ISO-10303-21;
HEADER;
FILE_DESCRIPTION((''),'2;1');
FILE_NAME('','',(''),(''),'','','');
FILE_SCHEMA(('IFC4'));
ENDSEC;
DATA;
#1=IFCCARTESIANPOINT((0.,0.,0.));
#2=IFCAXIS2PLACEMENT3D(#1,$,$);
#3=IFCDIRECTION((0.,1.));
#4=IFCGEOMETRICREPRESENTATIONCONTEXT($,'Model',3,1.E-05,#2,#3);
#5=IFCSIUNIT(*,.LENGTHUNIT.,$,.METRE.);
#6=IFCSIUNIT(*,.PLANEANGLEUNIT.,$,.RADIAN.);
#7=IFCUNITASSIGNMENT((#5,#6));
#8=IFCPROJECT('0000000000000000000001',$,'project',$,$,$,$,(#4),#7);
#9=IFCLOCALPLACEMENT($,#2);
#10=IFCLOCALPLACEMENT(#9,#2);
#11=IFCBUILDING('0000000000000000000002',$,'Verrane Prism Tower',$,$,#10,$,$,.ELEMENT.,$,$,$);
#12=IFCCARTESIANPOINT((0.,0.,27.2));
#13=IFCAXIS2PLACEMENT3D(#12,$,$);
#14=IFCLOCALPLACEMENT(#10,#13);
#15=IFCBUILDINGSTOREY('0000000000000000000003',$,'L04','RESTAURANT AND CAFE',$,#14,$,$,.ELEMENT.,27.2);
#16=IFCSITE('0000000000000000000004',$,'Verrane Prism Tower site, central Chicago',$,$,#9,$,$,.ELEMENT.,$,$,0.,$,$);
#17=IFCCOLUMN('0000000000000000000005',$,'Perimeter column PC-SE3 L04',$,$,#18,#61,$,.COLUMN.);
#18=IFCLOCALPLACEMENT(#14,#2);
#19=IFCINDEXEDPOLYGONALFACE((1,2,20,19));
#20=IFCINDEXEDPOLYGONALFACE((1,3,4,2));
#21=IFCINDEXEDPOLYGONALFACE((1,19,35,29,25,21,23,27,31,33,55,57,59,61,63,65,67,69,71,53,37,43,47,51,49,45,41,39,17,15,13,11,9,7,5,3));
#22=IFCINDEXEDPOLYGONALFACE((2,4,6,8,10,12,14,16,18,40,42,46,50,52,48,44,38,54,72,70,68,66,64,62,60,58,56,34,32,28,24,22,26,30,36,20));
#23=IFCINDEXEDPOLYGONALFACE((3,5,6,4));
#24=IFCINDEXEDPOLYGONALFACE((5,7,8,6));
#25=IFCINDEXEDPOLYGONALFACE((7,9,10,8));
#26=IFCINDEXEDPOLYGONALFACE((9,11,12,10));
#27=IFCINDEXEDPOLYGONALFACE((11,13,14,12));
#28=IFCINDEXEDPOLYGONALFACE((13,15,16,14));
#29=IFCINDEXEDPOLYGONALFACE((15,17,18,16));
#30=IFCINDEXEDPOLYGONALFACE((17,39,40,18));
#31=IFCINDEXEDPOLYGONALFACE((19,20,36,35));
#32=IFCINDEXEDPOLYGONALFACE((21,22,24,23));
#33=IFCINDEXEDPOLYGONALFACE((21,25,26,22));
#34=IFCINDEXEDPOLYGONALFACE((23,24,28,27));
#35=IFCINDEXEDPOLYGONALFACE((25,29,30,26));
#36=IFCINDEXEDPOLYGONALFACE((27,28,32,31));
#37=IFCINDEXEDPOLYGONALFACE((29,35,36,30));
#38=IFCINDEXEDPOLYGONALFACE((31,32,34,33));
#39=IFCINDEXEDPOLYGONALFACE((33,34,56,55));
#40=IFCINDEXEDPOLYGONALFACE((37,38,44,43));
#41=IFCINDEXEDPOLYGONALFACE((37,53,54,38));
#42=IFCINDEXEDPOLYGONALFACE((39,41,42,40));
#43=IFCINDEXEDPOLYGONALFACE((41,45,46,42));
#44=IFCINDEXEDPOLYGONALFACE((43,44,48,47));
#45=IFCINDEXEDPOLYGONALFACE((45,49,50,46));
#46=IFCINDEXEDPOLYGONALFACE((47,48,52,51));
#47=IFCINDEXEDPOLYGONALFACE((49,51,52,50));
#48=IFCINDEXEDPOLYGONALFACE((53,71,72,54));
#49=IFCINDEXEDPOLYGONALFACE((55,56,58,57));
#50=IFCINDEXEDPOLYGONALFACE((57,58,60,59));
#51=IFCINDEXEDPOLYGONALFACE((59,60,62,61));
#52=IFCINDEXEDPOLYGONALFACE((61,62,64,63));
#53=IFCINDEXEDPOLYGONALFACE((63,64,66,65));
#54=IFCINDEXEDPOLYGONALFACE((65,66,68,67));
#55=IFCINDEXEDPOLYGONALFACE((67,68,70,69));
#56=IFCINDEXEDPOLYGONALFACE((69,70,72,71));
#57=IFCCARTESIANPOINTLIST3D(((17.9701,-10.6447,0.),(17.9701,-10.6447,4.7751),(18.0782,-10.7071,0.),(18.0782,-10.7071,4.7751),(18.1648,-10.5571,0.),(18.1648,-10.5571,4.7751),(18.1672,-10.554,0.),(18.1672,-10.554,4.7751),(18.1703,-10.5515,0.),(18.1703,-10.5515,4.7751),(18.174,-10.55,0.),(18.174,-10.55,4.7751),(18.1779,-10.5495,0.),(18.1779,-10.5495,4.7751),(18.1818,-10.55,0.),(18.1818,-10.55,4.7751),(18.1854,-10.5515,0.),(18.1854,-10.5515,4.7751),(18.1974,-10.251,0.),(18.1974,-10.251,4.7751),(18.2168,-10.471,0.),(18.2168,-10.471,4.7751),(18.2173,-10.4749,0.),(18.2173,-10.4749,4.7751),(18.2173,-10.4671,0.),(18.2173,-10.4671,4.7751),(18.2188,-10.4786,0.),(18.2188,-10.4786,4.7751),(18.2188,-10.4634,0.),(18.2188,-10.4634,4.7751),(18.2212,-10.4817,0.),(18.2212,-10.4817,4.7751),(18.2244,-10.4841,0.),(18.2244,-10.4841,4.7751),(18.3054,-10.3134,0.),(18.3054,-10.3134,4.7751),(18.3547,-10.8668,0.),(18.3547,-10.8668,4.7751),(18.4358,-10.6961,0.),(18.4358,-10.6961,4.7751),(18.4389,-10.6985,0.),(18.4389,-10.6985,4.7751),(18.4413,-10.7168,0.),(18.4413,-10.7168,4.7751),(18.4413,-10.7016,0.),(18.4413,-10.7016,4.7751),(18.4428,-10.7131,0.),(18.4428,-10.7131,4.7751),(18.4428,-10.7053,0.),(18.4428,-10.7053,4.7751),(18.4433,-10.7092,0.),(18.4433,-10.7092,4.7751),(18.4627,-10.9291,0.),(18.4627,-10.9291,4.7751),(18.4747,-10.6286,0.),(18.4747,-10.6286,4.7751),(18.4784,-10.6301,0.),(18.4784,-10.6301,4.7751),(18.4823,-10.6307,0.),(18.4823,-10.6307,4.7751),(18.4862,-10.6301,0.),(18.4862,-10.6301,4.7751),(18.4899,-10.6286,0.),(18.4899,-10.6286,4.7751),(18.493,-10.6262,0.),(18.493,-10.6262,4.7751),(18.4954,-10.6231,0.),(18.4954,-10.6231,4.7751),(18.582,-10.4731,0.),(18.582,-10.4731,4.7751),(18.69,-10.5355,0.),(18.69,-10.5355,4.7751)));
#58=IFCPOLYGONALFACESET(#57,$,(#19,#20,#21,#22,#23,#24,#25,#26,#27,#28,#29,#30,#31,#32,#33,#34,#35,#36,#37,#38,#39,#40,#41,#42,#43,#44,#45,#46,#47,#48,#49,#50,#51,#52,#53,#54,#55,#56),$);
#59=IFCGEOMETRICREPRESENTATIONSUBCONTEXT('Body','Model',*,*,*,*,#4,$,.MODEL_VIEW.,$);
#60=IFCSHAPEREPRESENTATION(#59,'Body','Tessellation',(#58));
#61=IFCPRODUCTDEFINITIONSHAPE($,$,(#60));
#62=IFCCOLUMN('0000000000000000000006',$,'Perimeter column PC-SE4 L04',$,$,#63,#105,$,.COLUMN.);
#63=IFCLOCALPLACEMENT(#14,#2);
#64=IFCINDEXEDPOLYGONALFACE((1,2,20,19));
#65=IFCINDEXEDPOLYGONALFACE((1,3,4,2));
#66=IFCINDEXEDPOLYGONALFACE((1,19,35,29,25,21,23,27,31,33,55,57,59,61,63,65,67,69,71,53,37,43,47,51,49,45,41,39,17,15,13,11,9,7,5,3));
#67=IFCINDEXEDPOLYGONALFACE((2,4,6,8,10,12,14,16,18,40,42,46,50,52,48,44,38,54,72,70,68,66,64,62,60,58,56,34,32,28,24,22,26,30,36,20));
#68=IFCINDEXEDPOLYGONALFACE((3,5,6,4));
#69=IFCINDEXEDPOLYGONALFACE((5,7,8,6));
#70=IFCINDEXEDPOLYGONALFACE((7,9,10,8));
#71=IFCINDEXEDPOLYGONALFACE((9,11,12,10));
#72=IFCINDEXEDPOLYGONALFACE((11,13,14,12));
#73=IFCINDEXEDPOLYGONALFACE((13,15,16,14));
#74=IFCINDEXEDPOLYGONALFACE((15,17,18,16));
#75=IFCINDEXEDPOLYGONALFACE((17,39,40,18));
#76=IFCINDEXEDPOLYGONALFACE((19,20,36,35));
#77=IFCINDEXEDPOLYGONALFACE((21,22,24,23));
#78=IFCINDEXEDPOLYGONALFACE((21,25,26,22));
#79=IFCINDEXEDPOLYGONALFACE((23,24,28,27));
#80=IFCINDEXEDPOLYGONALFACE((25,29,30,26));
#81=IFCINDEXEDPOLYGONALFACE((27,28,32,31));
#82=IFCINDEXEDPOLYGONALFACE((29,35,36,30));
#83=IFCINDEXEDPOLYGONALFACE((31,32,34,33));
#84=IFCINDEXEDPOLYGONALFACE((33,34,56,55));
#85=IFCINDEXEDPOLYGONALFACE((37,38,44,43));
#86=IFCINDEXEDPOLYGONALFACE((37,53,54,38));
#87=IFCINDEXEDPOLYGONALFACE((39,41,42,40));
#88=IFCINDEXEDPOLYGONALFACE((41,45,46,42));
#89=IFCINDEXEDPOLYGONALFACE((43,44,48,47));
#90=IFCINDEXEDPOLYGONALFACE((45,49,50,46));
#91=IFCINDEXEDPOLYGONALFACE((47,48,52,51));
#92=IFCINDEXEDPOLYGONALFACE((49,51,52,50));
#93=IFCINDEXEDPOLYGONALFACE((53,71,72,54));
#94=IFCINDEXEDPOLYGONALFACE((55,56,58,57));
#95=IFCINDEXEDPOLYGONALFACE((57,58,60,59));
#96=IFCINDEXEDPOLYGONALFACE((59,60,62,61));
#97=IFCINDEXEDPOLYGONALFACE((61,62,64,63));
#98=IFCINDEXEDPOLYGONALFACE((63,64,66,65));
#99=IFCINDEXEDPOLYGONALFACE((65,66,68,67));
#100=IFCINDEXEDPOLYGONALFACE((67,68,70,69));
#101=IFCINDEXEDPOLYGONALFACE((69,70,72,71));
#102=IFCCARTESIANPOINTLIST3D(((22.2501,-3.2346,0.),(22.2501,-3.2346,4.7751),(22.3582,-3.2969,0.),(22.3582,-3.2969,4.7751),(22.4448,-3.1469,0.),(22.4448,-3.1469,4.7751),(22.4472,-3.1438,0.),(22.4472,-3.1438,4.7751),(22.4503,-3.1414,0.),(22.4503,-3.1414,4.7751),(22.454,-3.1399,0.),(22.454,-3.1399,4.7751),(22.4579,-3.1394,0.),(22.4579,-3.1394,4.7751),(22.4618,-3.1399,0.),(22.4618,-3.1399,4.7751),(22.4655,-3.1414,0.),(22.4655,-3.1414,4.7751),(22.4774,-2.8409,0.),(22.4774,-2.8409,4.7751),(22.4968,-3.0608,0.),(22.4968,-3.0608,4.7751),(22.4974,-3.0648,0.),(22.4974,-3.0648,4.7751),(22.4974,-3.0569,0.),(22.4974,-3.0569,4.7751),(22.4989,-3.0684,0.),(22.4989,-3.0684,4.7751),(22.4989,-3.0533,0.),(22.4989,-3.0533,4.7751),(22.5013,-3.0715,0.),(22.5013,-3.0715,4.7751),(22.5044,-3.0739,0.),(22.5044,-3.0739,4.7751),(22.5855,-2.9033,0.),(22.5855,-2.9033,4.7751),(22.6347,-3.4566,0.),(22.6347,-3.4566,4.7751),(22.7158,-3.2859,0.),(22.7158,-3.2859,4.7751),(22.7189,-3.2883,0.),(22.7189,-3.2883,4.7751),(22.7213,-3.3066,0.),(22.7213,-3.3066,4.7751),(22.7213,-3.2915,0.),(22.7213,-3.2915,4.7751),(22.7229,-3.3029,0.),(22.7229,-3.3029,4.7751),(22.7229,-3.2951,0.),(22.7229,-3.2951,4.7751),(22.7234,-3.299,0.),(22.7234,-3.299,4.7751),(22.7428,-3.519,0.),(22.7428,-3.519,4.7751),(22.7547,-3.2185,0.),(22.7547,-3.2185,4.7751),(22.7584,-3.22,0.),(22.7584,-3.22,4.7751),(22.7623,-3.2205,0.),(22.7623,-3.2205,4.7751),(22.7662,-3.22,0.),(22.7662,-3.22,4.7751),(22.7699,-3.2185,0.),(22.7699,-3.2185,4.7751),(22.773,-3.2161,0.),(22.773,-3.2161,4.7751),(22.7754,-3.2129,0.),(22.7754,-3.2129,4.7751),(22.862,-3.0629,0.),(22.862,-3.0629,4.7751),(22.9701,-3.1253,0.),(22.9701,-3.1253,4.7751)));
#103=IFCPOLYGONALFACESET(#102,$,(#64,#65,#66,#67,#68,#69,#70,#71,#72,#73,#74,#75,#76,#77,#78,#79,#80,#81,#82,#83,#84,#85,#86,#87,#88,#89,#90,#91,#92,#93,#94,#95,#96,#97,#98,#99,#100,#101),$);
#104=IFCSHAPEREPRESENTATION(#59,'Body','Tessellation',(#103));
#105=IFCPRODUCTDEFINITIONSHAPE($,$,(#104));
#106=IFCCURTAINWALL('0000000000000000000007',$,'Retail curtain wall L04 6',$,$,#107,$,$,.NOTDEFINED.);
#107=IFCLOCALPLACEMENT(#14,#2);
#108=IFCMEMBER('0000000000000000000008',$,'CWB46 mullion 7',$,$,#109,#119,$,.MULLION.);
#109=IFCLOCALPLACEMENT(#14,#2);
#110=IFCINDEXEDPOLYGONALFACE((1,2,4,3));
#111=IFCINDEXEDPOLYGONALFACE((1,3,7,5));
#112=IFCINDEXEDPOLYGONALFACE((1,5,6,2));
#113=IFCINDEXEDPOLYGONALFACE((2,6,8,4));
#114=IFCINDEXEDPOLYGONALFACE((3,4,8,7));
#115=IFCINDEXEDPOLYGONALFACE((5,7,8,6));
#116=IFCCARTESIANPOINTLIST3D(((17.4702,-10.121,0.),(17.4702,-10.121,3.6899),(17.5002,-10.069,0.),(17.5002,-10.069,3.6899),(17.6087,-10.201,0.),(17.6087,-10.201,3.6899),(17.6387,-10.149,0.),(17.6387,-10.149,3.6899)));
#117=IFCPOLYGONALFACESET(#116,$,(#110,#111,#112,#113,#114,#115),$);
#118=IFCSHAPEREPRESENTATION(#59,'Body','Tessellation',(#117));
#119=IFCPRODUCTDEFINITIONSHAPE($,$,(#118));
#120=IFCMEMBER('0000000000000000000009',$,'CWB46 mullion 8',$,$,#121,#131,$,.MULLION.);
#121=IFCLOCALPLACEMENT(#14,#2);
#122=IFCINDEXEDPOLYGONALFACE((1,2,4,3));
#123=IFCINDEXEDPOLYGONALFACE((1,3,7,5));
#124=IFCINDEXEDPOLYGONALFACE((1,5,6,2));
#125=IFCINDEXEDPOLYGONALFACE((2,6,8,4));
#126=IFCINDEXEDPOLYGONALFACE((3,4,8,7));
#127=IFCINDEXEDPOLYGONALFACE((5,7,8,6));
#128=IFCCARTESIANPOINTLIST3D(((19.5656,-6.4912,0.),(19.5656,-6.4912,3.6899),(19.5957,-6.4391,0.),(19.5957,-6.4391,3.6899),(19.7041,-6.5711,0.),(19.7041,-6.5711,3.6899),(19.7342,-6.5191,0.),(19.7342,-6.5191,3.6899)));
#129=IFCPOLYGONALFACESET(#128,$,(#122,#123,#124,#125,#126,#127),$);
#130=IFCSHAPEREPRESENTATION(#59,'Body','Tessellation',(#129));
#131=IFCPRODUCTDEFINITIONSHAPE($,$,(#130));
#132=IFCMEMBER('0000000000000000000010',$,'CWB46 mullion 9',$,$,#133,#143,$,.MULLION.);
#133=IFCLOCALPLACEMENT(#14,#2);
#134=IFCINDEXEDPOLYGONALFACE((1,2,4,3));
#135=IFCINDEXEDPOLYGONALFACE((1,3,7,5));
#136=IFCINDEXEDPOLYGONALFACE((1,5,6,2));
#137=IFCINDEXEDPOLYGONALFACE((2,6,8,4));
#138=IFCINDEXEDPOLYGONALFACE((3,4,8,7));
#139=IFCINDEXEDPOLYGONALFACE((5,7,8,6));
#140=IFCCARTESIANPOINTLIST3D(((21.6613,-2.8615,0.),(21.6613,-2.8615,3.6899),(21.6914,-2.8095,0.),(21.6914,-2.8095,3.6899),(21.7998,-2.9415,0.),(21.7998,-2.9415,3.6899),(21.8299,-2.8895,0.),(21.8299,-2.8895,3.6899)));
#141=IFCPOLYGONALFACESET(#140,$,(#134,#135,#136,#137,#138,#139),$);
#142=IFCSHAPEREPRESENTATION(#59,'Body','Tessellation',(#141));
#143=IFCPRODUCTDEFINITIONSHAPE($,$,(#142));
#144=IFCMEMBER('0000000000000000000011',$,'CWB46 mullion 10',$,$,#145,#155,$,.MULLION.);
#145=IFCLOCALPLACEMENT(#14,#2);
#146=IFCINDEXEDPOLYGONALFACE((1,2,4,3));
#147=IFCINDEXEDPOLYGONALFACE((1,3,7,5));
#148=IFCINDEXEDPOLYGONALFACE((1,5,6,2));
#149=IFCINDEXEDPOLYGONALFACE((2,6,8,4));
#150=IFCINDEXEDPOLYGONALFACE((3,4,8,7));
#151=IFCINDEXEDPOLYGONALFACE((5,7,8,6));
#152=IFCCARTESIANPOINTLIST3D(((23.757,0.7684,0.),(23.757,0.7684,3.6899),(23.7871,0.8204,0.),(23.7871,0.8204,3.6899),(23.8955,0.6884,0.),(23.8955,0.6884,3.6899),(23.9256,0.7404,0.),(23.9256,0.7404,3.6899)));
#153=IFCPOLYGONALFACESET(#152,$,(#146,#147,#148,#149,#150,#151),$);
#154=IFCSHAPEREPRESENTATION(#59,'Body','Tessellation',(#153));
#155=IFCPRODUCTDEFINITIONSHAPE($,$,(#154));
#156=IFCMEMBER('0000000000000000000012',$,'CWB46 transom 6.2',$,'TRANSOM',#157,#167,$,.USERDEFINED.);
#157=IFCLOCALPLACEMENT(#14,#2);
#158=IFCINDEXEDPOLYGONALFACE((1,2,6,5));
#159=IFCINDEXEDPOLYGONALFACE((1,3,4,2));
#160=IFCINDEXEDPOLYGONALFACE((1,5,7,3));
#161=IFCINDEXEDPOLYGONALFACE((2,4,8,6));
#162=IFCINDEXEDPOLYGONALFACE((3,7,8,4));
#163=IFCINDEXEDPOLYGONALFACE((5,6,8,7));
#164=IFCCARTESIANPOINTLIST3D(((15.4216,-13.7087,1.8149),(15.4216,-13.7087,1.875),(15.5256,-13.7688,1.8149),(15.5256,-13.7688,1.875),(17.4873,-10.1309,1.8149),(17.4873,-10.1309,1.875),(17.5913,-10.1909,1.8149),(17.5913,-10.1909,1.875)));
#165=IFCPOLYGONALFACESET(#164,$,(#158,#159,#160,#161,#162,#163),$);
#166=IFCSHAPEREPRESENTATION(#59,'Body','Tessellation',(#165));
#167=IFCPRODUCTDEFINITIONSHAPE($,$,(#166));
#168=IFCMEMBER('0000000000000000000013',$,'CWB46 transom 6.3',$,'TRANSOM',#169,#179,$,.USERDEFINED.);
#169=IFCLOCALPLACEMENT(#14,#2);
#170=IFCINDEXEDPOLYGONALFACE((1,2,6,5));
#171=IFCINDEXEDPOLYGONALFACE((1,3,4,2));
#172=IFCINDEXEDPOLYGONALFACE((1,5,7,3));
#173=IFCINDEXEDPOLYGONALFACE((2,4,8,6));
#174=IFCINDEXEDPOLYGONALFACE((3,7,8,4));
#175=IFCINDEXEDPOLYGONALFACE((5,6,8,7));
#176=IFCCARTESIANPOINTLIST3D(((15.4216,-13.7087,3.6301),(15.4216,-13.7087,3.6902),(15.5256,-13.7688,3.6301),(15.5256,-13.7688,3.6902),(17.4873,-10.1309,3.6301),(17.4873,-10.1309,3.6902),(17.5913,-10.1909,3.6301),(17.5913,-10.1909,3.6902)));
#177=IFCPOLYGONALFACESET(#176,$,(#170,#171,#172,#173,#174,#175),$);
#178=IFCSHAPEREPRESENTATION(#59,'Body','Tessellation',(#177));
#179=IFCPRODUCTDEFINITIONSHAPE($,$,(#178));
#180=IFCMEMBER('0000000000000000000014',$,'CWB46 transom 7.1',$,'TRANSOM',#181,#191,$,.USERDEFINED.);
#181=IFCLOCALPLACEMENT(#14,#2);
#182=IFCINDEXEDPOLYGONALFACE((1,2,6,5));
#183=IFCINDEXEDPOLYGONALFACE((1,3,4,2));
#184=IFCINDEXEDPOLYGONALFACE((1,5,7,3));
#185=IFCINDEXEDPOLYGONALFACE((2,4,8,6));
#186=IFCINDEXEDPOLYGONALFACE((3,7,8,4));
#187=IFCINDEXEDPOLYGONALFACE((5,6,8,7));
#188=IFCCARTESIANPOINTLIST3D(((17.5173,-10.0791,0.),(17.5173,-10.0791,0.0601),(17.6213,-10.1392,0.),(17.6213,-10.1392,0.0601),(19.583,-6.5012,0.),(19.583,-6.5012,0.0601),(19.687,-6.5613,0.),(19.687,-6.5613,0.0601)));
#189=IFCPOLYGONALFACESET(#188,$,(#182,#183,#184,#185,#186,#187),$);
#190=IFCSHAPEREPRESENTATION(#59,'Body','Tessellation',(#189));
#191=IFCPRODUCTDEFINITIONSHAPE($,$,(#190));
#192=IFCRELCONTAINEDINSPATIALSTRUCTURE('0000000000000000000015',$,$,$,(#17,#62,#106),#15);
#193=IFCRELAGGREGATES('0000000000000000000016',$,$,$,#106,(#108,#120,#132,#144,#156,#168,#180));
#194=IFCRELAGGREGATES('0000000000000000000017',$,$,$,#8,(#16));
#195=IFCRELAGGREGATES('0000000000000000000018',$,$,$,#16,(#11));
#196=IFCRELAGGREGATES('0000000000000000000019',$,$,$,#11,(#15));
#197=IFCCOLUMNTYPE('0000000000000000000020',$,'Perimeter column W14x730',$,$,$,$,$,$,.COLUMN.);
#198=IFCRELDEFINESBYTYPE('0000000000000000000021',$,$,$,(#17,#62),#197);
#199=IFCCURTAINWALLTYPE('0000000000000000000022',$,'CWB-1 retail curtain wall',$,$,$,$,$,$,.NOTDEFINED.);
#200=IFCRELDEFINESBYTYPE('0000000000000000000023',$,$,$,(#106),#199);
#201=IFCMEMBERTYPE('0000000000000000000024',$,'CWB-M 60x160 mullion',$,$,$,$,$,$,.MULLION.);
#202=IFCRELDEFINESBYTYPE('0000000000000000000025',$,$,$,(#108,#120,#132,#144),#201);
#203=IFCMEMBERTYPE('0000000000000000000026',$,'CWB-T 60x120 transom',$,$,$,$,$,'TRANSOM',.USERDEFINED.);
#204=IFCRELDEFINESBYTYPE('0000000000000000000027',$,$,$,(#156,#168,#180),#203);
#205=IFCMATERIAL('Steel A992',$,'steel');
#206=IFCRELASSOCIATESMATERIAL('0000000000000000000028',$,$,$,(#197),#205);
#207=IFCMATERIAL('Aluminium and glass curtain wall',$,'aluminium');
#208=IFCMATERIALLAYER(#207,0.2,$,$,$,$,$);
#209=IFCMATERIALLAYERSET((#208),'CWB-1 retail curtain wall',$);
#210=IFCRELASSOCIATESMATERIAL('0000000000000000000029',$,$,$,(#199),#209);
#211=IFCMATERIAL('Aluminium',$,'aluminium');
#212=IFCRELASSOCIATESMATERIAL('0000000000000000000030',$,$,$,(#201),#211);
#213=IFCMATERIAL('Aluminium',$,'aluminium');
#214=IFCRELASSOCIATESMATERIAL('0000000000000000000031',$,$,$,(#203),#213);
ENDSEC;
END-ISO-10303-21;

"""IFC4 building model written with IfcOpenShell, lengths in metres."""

from ifc_helpers import new_model, si_unit, direction, frame, origin, origin_2d, place, context, subcontext, project, spatial, rectangle, i_section, extrude, material, layer, layer_set, material_profile, profile_set, type_object, element, aggregate, save


model = new_model("IFC4")

# Units and contexts
model_context = context("Model", 3, precision=1e-05, world=origin(), true_north=direction((0.0, 1.0)))
body_context = subcontext(model_context, "Body", "Model", "MODEL_VIEW")
ifc_project = project(units=[si_unit("LENGTHUNIT", "METRE"), si_unit("PLANEANGLEUNIT", "RADIAN")], contexts=[model_context])

# Site, building, storey
site_placement = place(None, origin())
site = spatial("IfcSite", under=ifc_project, at=site_placement, Name="Verrane Prism Tower site, central Chicago", CompositionType="ELEMENT", RefElevation=0.0)
building_placement = place(site_placement, origin())
building = spatial("IfcBuilding", under=site, at=building_placement, Name="Verrane Prism Tower", CompositionType="ELEMENT")
storey_placement = place(building_placement, frame((0.0, 0.0, 27.2)))
storey = spatial("IfcBuildingStorey", under=building, at=storey_placement, Name="L04", Description="RESTAURANT AND CAFE", CompositionType="ELEMENT", Elevation=27.2)

# Columns
ifc_material_1 = material(Name="Steel A992", Category="steel")
ifc_material_profile_1 = material_profile(ifc_material_1, i_section(OverallWidth=0.4546, OverallDepth=0.5688, WebThickness=0.0779, FlangeThickness=0.1248, FilletRadius=0.0151, at=origin_2d()), Name="W14x730")
ifc_profile_set_1 = profile_set([ifc_material_profile_1], Name="Steel A992")
column_type = type_object("IfcColumnType", Name="Perimeter column W14x730", PredefinedType="COLUMN", material=ifc_profile_set_1)
for number, where, z_axis, x_axis, name in (
    (1, (18.3301, -10.5901, 0.0), (0.0, 0.0, 1.0), (-0.5, -0.866025, 0.0), "Perimeter column PC-SE3 L04"),
    (2, (22.6101, -3.1799, 0.0), (0.0, 0.0, 1.0), (-0.5, -0.866025, 0.0), "Perimeter column PC-SE4 L04"),
):
    element("IfcColumn", number, at=place(storey_placement, frame(where, z_axis=z_axis, x_axis=x_axis)), inside=storey, type_object=column_type, Name=name, PredefinedType="COLUMN", context=body_context, shape_type="SweptSolid", body=[
        extrude(i_section(OverallWidth=0.4546, OverallDepth=0.5688, WebThickness=0.0779, FlangeThickness=0.1248, FilletRadius=0.0151, at=origin_2d()), origin(), (0.0, 0.0, 1.0), 4.7751),
    ])

# Curtain wall, members
ifc_material_2 = material(Name="Aluminium and glass curtain wall", Category="aluminium")
ifc_layer_1 = layer(ifc_material_2, 0.2)
ifc_layer_set_1 = layer_set([ifc_layer_1], Name="CWB-1 retail curtain wall")
curtain_wall_type = type_object("IfcCurtainWallType", Name="CWB-1 retail curtain wall", PredefinedType="NOTDEFINED", material=ifc_layer_set_1)
curtain_wall_placement = place(storey_placement, origin())
curtain_wall = element("IfcCurtainWall", 3, at=curtain_wall_placement, inside=storey, type_object=curtain_wall_type, Name="Retail curtain wall L04 6", PredefinedType="NOTDEFINED")
ifc_material_3 = material(Name="Aluminium", Category="aluminium")
ifc_material_profile_2 = material_profile(ifc_material_3, rectangle(XDim=0.1599, YDim=0.0601, at=origin_2d()), Name="CWB-M 60x160 mullion")
ifc_profile_set_2 = profile_set([ifc_material_profile_2], Name="Aluminium")
member_type_1 = type_object("IfcMemberType", Name="CWB-M 60x160 mullion", PredefinedType="MULLION", material=ifc_profile_set_2)
member_1_placement = place(storey_placement, frame((17.5544, -10.135, 0.0), z_axis=(0.0, 0.0, 1.0), x_axis=(-0.866025, 0.5, 0.0)))
member_1 = element("IfcMember", 4, at=member_1_placement, type_object=member_type_1, Name="CWB46 mullion 7", PredefinedType="MULLION", context=body_context, shape_type="SweptSolid", body=[
    extrude(rectangle(XDim=0.1599, YDim=0.0601, at=origin_2d()), origin(), (0.0, 0.0, 1.0), 3.6899),
])
member_2_placement = place(storey_placement, frame((19.6499, -6.5051, 0.0), z_axis=(0.0, 0.0, 1.0), x_axis=(-0.866025, 0.5, 0.0)))
member_2 = element("IfcMember", 5, at=member_2_placement, type_object=member_type_1, Name="CWB46 mullion 8", PredefinedType="MULLION", context=body_context, shape_type="SweptSolid", body=[
    extrude(rectangle(XDim=0.1599, YDim=0.0601, at=origin_2d()), origin(), (0.0, 0.0, 1.0), 3.6899),
])
member_3_placement = place(storey_placement, frame((21.7456, -2.8755, 0.0), z_axis=(0.0, 0.0, 1.0), x_axis=(-0.866025, 0.5, 0.0)))
member_3 = element("IfcMember", 6, at=member_3_placement, type_object=member_type_1, Name="CWB46 mullion 9", PredefinedType="MULLION", context=body_context, shape_type="SweptSolid", body=[
    extrude(rectangle(XDim=0.1599, YDim=0.0601, at=origin_2d()), origin(), (0.0, 0.0, 1.0), 3.6899),
])
member_4_placement = place(storey_placement, frame((23.8413, 0.7544, 0.0), z_axis=(0.0, 0.0, 1.0), x_axis=(-0.866025, 0.5, 0.0)))
member_4 = element("IfcMember", 7, at=member_4_placement, type_object=member_type_1, Name="CWB46 mullion 10", PredefinedType="MULLION", context=body_context, shape_type="SweptSolid", body=[
    extrude(rectangle(XDim=0.1599, YDim=0.0601, at=origin_2d()), origin(), (0.0, 0.0, 1.0), 3.6899),
])
ifc_material_4 = material(Name="Aluminium", Category="aluminium")
ifc_material_profile_3 = material_profile(ifc_material_4, rectangle(XDim=0.1201, YDim=0.0601, at=origin_2d()), Name="CWB-T 60x120 transom")
ifc_profile_set_3 = profile_set([ifc_material_profile_3], Name="Aluminium")
member_type_2 = type_object("IfcMemberType", Name="CWB-T 60x120 transom", ElementType="TRANSOM", PredefinedType="USERDEFINED", material=ifc_profile_set_3)
member_5_placement = place(storey_placement, frame((15.4736, -13.7388, 1.845), z_axis=(0.499997, 0.866027, 0.0), x_axis=(-0.866027, 0.499997, 0.0)))
member_5 = element("IfcMember", 8, at=member_5_placement, type_object=member_type_2, Name="CWB46 transom 6.2", ObjectType="TRANSOM", PredefinedType="USERDEFINED", context=body_context, shape_type="SweptSolid", body=[
    extrude(rectangle(XDim=0.1201, YDim=0.0601, at=origin_2d()), origin(), (0.0, 0.0, 1.0), 4.1313),
])
member_6_placement = place(storey_placement, frame((15.4736, -13.7388, 3.6602), z_axis=(0.499997, 0.866027, 0.0), x_axis=(-0.866027, 0.499997, 0.0)))
member_6 = element("IfcMember", 9, at=member_6_placement, type_object=member_type_2, Name="CWB46 transom 6.3", ObjectType="TRANSOM", PredefinedType="USERDEFINED", context=body_context, shape_type="SweptSolid", body=[
    extrude(rectangle(XDim=0.1201, YDim=0.0601, at=origin_2d()), origin(), (0.0, 0.0, 1.0), 4.1313),
])
member_7_placement = place(storey_placement, frame((17.5693, -10.1091, 0.03), z_axis=(0.499997, 0.866027, 0.0), x_axis=(-0.866027, 0.499997, 0.0)))
member_7 = element("IfcMember", 10, at=member_7_placement, type_object=member_type_2, Name="CWB46 transom 7.1", ObjectType="TRANSOM", PredefinedType="USERDEFINED", context=body_context, shape_type="SweptSolid", body=[
    extrude(rectangle(XDim=0.1201, YDim=0.0601, at=origin_2d()), origin(), (0.0, 0.0, 1.0), 4.1313),
])

aggregate(curtain_wall, [member_1, member_2, member_3, member_4, member_5, member_6, member_7])

save(model, "model.ifc")
